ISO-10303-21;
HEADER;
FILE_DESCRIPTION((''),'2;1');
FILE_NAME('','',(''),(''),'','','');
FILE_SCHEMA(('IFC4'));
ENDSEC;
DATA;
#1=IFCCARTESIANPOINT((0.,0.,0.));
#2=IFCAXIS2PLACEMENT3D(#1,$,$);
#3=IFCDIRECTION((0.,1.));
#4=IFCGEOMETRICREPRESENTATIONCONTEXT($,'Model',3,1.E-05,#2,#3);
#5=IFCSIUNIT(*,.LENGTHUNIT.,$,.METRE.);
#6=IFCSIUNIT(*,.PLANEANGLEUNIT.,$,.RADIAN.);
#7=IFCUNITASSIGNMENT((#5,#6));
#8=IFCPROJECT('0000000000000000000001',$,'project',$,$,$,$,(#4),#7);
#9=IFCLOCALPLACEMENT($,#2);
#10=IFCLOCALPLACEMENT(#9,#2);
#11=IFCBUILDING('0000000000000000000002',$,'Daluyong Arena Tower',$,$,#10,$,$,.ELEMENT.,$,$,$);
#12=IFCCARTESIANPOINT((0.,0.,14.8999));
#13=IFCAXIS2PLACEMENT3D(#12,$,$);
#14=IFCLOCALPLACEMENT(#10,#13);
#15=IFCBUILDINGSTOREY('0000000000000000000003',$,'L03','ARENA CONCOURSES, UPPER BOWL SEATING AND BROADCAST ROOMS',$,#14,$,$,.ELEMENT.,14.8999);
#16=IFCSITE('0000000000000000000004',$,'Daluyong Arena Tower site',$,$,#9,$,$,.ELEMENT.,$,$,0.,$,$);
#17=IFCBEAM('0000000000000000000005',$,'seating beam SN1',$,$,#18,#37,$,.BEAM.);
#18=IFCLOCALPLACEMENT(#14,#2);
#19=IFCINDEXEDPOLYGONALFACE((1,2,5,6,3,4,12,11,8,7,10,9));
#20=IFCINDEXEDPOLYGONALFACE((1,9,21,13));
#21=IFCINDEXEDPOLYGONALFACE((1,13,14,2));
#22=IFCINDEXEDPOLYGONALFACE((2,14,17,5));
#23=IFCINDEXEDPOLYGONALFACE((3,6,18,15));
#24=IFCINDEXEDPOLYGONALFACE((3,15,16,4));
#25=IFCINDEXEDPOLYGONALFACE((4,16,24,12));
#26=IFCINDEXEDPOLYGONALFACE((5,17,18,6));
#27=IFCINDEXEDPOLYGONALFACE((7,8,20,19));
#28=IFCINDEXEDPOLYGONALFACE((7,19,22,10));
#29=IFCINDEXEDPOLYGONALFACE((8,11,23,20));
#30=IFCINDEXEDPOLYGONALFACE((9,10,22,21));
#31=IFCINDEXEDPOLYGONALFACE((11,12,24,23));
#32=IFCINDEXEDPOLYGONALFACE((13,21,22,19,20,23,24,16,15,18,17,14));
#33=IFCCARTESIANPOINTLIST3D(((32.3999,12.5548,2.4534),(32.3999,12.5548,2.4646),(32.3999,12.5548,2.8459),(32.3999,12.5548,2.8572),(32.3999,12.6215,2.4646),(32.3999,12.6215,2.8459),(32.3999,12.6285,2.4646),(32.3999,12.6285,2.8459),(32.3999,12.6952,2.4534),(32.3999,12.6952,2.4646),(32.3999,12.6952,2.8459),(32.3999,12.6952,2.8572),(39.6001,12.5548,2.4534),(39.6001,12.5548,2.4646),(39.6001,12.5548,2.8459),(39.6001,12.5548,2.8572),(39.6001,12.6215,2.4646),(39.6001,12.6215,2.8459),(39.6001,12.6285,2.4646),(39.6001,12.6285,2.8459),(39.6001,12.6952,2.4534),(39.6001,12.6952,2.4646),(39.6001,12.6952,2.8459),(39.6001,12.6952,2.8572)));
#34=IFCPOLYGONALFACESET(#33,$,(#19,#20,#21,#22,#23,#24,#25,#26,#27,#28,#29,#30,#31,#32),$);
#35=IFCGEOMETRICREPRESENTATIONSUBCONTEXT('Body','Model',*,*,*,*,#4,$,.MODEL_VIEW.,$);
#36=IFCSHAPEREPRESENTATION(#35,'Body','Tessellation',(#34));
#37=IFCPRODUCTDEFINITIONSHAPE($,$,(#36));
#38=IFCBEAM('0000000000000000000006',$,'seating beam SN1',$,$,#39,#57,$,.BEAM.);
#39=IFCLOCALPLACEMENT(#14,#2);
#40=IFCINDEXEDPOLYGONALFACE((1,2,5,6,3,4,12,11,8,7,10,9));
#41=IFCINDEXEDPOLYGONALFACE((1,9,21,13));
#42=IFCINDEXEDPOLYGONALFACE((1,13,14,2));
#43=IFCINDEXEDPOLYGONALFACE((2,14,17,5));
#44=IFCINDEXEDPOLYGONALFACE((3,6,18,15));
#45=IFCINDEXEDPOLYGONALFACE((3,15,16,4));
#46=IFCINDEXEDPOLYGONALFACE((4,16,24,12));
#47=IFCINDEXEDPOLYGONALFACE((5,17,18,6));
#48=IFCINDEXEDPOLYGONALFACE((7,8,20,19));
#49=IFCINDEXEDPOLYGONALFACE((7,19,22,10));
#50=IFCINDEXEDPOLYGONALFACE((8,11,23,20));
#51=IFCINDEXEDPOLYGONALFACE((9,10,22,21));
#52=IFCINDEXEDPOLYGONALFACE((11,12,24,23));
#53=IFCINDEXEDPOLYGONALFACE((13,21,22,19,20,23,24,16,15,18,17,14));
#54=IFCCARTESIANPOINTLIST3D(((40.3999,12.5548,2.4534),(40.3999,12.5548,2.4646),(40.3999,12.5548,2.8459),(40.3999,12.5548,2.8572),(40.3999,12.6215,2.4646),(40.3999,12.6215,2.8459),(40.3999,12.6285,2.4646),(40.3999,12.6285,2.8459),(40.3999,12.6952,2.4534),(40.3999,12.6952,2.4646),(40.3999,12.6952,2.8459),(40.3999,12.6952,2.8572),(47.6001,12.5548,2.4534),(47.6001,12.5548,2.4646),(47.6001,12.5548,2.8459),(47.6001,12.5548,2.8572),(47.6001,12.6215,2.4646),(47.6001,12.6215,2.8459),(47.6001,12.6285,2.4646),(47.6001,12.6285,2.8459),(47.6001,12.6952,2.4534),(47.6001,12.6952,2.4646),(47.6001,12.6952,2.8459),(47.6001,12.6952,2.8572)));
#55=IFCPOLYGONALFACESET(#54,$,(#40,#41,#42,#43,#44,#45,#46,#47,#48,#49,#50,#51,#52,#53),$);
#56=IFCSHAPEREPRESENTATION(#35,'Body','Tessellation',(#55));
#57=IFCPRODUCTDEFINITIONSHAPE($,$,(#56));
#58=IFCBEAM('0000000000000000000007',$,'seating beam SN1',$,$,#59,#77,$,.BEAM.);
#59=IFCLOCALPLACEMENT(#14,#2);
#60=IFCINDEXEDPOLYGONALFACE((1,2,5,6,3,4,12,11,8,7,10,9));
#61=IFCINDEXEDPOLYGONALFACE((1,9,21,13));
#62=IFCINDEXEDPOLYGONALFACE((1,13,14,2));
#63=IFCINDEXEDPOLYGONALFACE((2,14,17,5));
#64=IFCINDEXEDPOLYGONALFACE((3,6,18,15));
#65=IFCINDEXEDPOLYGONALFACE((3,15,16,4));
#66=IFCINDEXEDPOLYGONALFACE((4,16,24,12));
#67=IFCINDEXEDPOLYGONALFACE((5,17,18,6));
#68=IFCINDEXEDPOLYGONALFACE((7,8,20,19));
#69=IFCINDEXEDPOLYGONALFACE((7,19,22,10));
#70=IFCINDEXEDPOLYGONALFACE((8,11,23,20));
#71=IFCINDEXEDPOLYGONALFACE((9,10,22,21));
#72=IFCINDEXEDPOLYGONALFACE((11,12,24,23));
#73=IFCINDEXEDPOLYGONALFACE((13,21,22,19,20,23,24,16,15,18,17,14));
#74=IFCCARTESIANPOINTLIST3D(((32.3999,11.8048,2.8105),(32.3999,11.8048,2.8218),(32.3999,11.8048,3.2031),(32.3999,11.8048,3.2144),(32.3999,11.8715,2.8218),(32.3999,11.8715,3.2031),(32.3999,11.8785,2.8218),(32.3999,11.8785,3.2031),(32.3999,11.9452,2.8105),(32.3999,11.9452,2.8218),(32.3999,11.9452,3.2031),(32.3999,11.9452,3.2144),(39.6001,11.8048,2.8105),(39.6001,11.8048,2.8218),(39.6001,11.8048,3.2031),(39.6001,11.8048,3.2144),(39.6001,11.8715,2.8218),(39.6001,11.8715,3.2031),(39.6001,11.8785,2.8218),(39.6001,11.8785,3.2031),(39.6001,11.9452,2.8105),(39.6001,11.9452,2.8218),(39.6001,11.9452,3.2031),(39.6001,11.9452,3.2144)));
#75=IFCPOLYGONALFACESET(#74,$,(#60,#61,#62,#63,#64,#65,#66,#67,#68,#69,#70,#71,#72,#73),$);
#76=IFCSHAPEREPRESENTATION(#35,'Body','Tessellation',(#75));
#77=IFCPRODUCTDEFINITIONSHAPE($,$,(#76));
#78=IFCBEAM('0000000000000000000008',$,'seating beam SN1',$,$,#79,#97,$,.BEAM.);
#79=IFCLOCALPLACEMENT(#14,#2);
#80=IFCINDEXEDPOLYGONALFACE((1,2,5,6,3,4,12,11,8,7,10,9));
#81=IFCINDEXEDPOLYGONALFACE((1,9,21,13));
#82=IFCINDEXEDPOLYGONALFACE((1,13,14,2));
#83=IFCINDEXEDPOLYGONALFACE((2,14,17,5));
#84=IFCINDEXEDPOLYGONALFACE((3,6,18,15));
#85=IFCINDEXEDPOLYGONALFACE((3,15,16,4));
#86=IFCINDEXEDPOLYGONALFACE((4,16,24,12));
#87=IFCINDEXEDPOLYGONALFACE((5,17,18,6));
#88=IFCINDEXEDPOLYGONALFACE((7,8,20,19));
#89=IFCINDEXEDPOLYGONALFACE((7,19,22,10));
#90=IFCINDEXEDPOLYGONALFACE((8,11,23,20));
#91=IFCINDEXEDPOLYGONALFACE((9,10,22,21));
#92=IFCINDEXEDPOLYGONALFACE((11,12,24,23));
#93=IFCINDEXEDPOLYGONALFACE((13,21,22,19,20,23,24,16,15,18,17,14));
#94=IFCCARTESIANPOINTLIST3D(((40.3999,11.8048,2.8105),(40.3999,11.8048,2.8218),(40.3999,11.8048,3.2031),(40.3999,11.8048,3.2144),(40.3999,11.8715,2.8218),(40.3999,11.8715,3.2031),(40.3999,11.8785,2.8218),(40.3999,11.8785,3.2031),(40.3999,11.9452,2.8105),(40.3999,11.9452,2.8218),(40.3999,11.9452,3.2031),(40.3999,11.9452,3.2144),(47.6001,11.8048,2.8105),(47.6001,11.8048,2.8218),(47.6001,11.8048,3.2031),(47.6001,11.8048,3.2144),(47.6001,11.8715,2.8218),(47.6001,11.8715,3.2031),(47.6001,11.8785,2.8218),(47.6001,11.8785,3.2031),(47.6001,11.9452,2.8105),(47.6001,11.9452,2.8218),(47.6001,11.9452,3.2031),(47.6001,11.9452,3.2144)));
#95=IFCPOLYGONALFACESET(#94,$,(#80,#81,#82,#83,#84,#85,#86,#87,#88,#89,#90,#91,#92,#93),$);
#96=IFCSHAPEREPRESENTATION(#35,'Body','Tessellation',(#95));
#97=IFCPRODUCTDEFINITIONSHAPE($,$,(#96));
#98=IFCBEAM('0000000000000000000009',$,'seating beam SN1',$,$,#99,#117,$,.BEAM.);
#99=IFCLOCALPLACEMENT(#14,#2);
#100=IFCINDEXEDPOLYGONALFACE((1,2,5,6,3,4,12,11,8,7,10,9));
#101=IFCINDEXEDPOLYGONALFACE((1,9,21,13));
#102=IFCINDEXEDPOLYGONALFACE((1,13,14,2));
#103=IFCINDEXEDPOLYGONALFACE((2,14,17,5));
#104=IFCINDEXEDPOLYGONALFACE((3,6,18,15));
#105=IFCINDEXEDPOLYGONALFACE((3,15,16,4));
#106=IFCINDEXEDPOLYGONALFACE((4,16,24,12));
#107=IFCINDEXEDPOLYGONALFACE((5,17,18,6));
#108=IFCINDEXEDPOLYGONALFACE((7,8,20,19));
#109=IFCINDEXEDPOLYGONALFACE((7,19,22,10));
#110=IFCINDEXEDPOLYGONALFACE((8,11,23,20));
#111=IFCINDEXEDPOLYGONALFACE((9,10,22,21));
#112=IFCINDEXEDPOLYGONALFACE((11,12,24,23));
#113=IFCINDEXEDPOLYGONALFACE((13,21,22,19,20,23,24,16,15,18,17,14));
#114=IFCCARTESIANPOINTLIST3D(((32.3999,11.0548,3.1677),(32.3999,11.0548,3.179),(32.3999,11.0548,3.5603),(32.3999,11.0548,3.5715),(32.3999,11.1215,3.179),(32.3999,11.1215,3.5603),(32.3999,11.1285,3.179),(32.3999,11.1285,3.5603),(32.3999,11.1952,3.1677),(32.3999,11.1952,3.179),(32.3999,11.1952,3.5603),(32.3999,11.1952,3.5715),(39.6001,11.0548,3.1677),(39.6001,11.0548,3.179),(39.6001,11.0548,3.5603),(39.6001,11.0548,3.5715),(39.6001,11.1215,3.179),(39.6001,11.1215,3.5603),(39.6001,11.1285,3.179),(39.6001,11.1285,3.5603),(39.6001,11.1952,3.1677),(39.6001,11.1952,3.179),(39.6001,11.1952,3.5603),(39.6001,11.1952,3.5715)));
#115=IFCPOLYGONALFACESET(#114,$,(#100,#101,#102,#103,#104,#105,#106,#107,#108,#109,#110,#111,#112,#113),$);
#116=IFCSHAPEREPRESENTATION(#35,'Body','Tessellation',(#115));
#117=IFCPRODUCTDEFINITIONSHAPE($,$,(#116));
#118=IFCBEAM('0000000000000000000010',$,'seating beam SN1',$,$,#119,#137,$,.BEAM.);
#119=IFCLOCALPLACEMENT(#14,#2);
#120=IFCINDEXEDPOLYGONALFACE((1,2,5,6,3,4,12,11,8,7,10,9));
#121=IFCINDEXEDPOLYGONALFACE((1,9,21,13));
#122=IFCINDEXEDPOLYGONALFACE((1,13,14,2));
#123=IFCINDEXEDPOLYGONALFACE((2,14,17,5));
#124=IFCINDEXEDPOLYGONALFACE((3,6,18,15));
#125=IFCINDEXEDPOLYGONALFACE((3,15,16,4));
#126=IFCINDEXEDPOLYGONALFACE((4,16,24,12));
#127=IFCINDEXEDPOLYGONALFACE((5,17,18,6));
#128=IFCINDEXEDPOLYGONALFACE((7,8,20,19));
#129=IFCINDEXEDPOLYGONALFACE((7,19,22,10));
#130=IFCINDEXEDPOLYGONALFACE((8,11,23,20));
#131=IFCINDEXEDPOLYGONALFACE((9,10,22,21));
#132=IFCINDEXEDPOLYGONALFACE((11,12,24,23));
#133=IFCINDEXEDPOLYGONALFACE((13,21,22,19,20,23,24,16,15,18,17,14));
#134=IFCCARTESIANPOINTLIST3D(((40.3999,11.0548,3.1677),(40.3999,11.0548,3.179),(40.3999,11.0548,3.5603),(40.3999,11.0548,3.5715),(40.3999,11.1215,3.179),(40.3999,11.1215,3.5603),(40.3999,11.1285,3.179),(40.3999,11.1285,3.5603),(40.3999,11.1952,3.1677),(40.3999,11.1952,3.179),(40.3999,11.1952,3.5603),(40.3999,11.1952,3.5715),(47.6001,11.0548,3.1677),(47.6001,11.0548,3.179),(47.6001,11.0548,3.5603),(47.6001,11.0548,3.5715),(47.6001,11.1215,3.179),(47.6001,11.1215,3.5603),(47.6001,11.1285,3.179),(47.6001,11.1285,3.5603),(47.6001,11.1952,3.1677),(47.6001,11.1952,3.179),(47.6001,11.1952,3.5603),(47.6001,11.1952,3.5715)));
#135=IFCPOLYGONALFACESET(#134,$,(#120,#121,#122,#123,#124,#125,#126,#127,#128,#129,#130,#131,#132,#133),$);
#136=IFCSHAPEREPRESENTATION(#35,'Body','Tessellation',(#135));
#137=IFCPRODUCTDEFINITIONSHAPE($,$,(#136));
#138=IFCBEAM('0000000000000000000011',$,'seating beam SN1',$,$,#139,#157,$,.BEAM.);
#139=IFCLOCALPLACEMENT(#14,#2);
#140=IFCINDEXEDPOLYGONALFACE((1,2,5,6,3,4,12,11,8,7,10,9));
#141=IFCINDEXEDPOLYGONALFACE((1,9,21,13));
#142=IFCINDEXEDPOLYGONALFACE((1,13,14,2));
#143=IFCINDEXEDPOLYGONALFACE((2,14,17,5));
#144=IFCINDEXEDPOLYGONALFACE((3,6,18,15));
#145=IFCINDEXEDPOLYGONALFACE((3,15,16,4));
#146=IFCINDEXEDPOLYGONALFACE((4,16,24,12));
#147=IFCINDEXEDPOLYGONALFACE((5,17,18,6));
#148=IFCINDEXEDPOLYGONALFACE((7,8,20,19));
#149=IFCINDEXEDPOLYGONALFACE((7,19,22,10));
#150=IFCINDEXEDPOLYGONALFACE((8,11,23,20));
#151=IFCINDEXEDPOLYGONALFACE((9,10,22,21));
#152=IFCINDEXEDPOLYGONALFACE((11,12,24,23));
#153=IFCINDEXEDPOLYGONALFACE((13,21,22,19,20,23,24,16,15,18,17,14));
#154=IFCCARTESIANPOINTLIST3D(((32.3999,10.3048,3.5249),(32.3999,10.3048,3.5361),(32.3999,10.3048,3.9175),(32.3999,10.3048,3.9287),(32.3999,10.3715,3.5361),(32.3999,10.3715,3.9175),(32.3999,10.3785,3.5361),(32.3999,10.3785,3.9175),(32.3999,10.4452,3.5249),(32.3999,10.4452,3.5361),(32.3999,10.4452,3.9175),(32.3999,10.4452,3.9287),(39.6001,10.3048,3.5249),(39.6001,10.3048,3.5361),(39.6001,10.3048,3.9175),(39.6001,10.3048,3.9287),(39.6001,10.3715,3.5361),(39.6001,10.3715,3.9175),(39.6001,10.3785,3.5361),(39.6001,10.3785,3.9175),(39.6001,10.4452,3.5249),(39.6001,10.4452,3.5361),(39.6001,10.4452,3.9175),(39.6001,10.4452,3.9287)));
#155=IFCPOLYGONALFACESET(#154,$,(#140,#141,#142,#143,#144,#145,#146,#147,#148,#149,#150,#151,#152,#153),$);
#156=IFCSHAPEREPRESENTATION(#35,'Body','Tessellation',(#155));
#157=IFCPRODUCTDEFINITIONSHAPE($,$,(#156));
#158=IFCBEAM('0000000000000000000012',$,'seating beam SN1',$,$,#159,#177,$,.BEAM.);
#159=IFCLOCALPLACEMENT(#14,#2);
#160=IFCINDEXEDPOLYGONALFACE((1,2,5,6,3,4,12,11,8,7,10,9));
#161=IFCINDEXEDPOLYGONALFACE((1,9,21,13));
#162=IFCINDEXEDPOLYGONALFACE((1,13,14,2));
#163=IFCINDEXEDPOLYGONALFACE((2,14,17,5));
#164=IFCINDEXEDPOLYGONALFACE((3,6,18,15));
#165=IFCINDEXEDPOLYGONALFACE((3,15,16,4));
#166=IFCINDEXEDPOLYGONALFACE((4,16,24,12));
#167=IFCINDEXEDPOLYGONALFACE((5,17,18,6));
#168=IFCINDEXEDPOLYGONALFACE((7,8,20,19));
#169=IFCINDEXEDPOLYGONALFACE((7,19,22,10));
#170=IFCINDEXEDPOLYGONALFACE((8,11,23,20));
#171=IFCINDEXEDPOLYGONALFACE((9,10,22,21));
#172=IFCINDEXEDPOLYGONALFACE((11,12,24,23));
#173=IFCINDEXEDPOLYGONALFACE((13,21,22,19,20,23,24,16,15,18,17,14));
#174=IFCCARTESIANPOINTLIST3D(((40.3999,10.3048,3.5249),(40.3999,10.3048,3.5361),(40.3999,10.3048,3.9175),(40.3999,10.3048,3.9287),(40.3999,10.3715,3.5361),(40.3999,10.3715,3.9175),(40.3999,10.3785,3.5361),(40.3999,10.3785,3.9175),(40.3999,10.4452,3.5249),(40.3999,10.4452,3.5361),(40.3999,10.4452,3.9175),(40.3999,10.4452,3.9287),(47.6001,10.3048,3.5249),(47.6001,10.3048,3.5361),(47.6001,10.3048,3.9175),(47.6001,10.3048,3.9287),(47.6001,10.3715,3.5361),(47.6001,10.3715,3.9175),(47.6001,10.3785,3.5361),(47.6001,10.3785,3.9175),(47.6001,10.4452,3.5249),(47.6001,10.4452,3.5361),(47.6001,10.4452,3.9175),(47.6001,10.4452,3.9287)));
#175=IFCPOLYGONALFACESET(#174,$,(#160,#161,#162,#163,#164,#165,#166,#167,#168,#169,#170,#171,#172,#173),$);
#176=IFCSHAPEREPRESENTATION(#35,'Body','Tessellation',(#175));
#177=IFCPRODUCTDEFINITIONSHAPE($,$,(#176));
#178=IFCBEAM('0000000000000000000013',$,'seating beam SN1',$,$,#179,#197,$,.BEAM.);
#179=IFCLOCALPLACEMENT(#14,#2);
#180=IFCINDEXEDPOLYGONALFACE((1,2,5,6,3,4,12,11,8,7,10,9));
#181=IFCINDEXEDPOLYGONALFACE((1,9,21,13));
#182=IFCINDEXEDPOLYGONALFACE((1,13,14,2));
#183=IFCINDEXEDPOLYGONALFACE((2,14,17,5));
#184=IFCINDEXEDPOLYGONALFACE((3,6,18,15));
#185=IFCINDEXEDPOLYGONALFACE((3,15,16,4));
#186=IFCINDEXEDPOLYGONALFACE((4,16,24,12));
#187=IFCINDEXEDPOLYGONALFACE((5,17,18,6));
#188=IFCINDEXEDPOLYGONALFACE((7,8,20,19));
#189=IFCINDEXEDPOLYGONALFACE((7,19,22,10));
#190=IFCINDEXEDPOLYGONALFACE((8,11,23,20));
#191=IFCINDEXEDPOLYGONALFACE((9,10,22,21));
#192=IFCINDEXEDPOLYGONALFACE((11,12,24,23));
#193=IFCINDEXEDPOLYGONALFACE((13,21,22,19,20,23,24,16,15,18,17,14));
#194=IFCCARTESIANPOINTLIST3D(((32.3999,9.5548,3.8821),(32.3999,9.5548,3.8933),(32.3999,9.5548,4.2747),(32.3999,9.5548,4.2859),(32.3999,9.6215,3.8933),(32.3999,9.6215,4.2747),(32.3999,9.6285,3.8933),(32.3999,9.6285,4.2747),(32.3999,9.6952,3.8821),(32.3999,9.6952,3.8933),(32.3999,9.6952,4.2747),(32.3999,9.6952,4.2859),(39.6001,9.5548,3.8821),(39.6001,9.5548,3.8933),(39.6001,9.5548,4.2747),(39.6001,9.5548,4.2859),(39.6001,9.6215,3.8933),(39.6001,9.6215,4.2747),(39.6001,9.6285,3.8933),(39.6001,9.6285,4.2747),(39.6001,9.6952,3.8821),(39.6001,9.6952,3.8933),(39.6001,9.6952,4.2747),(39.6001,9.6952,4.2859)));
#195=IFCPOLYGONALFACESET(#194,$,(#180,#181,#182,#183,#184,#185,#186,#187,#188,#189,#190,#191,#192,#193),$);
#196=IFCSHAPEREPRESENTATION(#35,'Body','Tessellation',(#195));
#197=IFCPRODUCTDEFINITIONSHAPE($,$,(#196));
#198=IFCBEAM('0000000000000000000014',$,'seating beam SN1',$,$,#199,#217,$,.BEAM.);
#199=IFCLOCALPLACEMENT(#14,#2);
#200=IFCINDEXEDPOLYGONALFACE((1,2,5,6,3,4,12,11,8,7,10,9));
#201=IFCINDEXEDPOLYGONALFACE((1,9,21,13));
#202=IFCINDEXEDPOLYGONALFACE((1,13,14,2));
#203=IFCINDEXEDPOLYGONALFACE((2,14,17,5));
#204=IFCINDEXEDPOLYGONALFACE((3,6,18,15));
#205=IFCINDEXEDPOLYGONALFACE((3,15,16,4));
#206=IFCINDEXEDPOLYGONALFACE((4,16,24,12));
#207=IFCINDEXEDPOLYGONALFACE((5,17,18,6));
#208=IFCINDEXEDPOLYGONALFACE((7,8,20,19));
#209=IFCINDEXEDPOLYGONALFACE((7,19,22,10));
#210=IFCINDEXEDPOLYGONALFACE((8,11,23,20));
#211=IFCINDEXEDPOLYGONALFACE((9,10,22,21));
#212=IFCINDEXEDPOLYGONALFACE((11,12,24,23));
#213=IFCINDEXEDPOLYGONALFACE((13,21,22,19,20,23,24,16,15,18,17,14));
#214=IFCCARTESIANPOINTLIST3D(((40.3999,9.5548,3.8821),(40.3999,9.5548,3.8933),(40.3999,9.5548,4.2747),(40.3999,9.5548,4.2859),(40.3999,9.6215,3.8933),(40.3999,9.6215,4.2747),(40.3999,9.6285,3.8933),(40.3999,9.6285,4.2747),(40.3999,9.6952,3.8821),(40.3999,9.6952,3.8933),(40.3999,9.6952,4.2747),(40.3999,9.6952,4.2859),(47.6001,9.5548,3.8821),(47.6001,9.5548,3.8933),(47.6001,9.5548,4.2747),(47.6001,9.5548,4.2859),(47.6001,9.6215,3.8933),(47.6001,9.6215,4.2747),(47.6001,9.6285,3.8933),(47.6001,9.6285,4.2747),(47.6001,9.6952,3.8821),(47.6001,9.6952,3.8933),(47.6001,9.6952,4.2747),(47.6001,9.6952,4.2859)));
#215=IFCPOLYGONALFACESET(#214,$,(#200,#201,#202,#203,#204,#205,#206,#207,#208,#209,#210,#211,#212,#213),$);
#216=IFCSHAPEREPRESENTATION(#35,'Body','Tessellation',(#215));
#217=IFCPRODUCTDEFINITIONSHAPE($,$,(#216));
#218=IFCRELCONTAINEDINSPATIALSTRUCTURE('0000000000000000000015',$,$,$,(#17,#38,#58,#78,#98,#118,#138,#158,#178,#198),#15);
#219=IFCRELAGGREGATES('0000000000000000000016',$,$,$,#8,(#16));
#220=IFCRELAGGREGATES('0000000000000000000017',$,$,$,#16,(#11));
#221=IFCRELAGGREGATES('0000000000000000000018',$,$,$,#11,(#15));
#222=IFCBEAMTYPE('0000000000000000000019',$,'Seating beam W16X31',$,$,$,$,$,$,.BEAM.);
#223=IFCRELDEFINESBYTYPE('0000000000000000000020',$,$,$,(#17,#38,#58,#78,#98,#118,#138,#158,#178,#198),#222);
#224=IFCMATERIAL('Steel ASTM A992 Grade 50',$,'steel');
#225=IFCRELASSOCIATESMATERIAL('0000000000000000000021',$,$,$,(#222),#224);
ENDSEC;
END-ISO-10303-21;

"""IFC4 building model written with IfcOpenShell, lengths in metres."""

from ifc_helpers import new_model, si_unit, direction, frame, origin, origin_2d, place, context, subcontext, project, spatial, i_section, extrude, material, material_profile, profile_set, type_object, element, save


model = new_model("IFC4")

# Units and contexts
model_context = context("Model", 3, precision=1e-05, world=origin(), true_north=direction((0.0, 1.0)))
body_context = subcontext(model_context, "Body", "Model", "MODEL_VIEW")
ifc_project = project(units=[si_unit("LENGTHUNIT", "METRE"), si_unit("PLANEANGLEUNIT", "RADIAN")], contexts=[model_context])

# Site, building, storey
site_placement = place(None, origin())
site = spatial("IfcSite", under=ifc_project, at=site_placement, Name="Daluyong Arena Tower site", CompositionType="ELEMENT", RefElevation=0.0)
building_placement = place(site_placement, origin())
building = spatial("IfcBuilding", under=site, at=building_placement, Name="Daluyong Arena Tower", CompositionType="ELEMENT")
storey_placement = place(building_placement, frame((0.0, 0.0, 14.8999)))
storey = spatial("IfcBuildingStorey", under=building, at=storey_placement, Name="L03", Description="ARENA CONCOURSES, UPPER BOWL SEATING AND BROADCAST ROOMS", CompositionType="ELEMENT", Elevation=14.8999)

# Beams
ifc_material_1 = material(Name="Steel ASTM A992 Grade 50", Category="steel")
ifc_material_profile_1 = material_profile(ifc_material_1, i_section(OverallWidth=0.1404, OverallDepth=0.4038, WebThickness=0.0071, FlangeThickness=0.0112, at=origin_2d()))
ifc_profile_set_1 = profile_set([ifc_material_profile_1], Name="Steel ASTM A992 Grade 50")
beam_type_1 = type_object("IfcBeamType", Name="Seating beam W16X31", PredefinedType="BEAM", material=ifc_profile_set_1)
for number, where, z_axis, x_axis, name in (
    (1, (32.3999, 12.625, 2.6553), (1.0, 0.0, 0.0), (0.0, 1.0, 0.0), "seating beam SN1"),
    (2, (40.3999, 12.625, 2.6553), (1.0, 0.0, 0.0), (0.0, 1.0, 0.0), "seating beam SN1"),
    (3, (32.3999, 11.875, 3.0125), (1.0, 0.0, 0.0), (0.0, 1.0, 0.0), "seating beam SN1"),
    (4, (40.3999, 11.875, 3.0125), (1.0, 0.0, 0.0), (0.0, 1.0, 0.0), "seating beam SN1"),
    (5, (32.3999, 11.125, 3.3696), (1.0, 0.0, 0.0), (0.0, 1.0, 0.0), "seating beam SN1"),
    (6, (40.3999, 11.125, 3.3696), (1.0, 0.0, 0.0), (0.0, 1.0, 0.0), "seating beam SN1"),
    (7, (32.3999, 10.375, 3.7268), (1.0, 0.0, 0.0), (0.0, 1.0, 0.0), "seating beam SN1"),
    (8, (40.3999, 10.375, 3.7268), (1.0, 0.0, 0.0), (0.0, 1.0, 0.0), "seating beam SN1"),
    (9, (32.3999, 9.625, 4.084), (1.0, 0.0, 0.0), (0.0, 1.0, 0.0), "seating beam SN1"),
    (10, (40.3999, 9.625, 4.084), (1.0, 0.0, 0.0), (0.0, 1.0, 0.0), "seating beam SN1"),
):
    element("IfcBeam", number, at=place(storey_placement, frame(where, z_axis=z_axis, x_axis=x_axis)), inside=storey, type_object=beam_type_1, Name=name, PredefinedType="BEAM", context=body_context, shape_type="SweptSolid", body=[
        extrude(i_section(OverallWidth=0.1404, OverallDepth=0.4038, WebThickness=0.0071, FlangeThickness=0.0112, at=origin_2d()), origin(), (0.0, 0.0, 1.0), 7.2002),
    ])

save(model, "model.ifc")
